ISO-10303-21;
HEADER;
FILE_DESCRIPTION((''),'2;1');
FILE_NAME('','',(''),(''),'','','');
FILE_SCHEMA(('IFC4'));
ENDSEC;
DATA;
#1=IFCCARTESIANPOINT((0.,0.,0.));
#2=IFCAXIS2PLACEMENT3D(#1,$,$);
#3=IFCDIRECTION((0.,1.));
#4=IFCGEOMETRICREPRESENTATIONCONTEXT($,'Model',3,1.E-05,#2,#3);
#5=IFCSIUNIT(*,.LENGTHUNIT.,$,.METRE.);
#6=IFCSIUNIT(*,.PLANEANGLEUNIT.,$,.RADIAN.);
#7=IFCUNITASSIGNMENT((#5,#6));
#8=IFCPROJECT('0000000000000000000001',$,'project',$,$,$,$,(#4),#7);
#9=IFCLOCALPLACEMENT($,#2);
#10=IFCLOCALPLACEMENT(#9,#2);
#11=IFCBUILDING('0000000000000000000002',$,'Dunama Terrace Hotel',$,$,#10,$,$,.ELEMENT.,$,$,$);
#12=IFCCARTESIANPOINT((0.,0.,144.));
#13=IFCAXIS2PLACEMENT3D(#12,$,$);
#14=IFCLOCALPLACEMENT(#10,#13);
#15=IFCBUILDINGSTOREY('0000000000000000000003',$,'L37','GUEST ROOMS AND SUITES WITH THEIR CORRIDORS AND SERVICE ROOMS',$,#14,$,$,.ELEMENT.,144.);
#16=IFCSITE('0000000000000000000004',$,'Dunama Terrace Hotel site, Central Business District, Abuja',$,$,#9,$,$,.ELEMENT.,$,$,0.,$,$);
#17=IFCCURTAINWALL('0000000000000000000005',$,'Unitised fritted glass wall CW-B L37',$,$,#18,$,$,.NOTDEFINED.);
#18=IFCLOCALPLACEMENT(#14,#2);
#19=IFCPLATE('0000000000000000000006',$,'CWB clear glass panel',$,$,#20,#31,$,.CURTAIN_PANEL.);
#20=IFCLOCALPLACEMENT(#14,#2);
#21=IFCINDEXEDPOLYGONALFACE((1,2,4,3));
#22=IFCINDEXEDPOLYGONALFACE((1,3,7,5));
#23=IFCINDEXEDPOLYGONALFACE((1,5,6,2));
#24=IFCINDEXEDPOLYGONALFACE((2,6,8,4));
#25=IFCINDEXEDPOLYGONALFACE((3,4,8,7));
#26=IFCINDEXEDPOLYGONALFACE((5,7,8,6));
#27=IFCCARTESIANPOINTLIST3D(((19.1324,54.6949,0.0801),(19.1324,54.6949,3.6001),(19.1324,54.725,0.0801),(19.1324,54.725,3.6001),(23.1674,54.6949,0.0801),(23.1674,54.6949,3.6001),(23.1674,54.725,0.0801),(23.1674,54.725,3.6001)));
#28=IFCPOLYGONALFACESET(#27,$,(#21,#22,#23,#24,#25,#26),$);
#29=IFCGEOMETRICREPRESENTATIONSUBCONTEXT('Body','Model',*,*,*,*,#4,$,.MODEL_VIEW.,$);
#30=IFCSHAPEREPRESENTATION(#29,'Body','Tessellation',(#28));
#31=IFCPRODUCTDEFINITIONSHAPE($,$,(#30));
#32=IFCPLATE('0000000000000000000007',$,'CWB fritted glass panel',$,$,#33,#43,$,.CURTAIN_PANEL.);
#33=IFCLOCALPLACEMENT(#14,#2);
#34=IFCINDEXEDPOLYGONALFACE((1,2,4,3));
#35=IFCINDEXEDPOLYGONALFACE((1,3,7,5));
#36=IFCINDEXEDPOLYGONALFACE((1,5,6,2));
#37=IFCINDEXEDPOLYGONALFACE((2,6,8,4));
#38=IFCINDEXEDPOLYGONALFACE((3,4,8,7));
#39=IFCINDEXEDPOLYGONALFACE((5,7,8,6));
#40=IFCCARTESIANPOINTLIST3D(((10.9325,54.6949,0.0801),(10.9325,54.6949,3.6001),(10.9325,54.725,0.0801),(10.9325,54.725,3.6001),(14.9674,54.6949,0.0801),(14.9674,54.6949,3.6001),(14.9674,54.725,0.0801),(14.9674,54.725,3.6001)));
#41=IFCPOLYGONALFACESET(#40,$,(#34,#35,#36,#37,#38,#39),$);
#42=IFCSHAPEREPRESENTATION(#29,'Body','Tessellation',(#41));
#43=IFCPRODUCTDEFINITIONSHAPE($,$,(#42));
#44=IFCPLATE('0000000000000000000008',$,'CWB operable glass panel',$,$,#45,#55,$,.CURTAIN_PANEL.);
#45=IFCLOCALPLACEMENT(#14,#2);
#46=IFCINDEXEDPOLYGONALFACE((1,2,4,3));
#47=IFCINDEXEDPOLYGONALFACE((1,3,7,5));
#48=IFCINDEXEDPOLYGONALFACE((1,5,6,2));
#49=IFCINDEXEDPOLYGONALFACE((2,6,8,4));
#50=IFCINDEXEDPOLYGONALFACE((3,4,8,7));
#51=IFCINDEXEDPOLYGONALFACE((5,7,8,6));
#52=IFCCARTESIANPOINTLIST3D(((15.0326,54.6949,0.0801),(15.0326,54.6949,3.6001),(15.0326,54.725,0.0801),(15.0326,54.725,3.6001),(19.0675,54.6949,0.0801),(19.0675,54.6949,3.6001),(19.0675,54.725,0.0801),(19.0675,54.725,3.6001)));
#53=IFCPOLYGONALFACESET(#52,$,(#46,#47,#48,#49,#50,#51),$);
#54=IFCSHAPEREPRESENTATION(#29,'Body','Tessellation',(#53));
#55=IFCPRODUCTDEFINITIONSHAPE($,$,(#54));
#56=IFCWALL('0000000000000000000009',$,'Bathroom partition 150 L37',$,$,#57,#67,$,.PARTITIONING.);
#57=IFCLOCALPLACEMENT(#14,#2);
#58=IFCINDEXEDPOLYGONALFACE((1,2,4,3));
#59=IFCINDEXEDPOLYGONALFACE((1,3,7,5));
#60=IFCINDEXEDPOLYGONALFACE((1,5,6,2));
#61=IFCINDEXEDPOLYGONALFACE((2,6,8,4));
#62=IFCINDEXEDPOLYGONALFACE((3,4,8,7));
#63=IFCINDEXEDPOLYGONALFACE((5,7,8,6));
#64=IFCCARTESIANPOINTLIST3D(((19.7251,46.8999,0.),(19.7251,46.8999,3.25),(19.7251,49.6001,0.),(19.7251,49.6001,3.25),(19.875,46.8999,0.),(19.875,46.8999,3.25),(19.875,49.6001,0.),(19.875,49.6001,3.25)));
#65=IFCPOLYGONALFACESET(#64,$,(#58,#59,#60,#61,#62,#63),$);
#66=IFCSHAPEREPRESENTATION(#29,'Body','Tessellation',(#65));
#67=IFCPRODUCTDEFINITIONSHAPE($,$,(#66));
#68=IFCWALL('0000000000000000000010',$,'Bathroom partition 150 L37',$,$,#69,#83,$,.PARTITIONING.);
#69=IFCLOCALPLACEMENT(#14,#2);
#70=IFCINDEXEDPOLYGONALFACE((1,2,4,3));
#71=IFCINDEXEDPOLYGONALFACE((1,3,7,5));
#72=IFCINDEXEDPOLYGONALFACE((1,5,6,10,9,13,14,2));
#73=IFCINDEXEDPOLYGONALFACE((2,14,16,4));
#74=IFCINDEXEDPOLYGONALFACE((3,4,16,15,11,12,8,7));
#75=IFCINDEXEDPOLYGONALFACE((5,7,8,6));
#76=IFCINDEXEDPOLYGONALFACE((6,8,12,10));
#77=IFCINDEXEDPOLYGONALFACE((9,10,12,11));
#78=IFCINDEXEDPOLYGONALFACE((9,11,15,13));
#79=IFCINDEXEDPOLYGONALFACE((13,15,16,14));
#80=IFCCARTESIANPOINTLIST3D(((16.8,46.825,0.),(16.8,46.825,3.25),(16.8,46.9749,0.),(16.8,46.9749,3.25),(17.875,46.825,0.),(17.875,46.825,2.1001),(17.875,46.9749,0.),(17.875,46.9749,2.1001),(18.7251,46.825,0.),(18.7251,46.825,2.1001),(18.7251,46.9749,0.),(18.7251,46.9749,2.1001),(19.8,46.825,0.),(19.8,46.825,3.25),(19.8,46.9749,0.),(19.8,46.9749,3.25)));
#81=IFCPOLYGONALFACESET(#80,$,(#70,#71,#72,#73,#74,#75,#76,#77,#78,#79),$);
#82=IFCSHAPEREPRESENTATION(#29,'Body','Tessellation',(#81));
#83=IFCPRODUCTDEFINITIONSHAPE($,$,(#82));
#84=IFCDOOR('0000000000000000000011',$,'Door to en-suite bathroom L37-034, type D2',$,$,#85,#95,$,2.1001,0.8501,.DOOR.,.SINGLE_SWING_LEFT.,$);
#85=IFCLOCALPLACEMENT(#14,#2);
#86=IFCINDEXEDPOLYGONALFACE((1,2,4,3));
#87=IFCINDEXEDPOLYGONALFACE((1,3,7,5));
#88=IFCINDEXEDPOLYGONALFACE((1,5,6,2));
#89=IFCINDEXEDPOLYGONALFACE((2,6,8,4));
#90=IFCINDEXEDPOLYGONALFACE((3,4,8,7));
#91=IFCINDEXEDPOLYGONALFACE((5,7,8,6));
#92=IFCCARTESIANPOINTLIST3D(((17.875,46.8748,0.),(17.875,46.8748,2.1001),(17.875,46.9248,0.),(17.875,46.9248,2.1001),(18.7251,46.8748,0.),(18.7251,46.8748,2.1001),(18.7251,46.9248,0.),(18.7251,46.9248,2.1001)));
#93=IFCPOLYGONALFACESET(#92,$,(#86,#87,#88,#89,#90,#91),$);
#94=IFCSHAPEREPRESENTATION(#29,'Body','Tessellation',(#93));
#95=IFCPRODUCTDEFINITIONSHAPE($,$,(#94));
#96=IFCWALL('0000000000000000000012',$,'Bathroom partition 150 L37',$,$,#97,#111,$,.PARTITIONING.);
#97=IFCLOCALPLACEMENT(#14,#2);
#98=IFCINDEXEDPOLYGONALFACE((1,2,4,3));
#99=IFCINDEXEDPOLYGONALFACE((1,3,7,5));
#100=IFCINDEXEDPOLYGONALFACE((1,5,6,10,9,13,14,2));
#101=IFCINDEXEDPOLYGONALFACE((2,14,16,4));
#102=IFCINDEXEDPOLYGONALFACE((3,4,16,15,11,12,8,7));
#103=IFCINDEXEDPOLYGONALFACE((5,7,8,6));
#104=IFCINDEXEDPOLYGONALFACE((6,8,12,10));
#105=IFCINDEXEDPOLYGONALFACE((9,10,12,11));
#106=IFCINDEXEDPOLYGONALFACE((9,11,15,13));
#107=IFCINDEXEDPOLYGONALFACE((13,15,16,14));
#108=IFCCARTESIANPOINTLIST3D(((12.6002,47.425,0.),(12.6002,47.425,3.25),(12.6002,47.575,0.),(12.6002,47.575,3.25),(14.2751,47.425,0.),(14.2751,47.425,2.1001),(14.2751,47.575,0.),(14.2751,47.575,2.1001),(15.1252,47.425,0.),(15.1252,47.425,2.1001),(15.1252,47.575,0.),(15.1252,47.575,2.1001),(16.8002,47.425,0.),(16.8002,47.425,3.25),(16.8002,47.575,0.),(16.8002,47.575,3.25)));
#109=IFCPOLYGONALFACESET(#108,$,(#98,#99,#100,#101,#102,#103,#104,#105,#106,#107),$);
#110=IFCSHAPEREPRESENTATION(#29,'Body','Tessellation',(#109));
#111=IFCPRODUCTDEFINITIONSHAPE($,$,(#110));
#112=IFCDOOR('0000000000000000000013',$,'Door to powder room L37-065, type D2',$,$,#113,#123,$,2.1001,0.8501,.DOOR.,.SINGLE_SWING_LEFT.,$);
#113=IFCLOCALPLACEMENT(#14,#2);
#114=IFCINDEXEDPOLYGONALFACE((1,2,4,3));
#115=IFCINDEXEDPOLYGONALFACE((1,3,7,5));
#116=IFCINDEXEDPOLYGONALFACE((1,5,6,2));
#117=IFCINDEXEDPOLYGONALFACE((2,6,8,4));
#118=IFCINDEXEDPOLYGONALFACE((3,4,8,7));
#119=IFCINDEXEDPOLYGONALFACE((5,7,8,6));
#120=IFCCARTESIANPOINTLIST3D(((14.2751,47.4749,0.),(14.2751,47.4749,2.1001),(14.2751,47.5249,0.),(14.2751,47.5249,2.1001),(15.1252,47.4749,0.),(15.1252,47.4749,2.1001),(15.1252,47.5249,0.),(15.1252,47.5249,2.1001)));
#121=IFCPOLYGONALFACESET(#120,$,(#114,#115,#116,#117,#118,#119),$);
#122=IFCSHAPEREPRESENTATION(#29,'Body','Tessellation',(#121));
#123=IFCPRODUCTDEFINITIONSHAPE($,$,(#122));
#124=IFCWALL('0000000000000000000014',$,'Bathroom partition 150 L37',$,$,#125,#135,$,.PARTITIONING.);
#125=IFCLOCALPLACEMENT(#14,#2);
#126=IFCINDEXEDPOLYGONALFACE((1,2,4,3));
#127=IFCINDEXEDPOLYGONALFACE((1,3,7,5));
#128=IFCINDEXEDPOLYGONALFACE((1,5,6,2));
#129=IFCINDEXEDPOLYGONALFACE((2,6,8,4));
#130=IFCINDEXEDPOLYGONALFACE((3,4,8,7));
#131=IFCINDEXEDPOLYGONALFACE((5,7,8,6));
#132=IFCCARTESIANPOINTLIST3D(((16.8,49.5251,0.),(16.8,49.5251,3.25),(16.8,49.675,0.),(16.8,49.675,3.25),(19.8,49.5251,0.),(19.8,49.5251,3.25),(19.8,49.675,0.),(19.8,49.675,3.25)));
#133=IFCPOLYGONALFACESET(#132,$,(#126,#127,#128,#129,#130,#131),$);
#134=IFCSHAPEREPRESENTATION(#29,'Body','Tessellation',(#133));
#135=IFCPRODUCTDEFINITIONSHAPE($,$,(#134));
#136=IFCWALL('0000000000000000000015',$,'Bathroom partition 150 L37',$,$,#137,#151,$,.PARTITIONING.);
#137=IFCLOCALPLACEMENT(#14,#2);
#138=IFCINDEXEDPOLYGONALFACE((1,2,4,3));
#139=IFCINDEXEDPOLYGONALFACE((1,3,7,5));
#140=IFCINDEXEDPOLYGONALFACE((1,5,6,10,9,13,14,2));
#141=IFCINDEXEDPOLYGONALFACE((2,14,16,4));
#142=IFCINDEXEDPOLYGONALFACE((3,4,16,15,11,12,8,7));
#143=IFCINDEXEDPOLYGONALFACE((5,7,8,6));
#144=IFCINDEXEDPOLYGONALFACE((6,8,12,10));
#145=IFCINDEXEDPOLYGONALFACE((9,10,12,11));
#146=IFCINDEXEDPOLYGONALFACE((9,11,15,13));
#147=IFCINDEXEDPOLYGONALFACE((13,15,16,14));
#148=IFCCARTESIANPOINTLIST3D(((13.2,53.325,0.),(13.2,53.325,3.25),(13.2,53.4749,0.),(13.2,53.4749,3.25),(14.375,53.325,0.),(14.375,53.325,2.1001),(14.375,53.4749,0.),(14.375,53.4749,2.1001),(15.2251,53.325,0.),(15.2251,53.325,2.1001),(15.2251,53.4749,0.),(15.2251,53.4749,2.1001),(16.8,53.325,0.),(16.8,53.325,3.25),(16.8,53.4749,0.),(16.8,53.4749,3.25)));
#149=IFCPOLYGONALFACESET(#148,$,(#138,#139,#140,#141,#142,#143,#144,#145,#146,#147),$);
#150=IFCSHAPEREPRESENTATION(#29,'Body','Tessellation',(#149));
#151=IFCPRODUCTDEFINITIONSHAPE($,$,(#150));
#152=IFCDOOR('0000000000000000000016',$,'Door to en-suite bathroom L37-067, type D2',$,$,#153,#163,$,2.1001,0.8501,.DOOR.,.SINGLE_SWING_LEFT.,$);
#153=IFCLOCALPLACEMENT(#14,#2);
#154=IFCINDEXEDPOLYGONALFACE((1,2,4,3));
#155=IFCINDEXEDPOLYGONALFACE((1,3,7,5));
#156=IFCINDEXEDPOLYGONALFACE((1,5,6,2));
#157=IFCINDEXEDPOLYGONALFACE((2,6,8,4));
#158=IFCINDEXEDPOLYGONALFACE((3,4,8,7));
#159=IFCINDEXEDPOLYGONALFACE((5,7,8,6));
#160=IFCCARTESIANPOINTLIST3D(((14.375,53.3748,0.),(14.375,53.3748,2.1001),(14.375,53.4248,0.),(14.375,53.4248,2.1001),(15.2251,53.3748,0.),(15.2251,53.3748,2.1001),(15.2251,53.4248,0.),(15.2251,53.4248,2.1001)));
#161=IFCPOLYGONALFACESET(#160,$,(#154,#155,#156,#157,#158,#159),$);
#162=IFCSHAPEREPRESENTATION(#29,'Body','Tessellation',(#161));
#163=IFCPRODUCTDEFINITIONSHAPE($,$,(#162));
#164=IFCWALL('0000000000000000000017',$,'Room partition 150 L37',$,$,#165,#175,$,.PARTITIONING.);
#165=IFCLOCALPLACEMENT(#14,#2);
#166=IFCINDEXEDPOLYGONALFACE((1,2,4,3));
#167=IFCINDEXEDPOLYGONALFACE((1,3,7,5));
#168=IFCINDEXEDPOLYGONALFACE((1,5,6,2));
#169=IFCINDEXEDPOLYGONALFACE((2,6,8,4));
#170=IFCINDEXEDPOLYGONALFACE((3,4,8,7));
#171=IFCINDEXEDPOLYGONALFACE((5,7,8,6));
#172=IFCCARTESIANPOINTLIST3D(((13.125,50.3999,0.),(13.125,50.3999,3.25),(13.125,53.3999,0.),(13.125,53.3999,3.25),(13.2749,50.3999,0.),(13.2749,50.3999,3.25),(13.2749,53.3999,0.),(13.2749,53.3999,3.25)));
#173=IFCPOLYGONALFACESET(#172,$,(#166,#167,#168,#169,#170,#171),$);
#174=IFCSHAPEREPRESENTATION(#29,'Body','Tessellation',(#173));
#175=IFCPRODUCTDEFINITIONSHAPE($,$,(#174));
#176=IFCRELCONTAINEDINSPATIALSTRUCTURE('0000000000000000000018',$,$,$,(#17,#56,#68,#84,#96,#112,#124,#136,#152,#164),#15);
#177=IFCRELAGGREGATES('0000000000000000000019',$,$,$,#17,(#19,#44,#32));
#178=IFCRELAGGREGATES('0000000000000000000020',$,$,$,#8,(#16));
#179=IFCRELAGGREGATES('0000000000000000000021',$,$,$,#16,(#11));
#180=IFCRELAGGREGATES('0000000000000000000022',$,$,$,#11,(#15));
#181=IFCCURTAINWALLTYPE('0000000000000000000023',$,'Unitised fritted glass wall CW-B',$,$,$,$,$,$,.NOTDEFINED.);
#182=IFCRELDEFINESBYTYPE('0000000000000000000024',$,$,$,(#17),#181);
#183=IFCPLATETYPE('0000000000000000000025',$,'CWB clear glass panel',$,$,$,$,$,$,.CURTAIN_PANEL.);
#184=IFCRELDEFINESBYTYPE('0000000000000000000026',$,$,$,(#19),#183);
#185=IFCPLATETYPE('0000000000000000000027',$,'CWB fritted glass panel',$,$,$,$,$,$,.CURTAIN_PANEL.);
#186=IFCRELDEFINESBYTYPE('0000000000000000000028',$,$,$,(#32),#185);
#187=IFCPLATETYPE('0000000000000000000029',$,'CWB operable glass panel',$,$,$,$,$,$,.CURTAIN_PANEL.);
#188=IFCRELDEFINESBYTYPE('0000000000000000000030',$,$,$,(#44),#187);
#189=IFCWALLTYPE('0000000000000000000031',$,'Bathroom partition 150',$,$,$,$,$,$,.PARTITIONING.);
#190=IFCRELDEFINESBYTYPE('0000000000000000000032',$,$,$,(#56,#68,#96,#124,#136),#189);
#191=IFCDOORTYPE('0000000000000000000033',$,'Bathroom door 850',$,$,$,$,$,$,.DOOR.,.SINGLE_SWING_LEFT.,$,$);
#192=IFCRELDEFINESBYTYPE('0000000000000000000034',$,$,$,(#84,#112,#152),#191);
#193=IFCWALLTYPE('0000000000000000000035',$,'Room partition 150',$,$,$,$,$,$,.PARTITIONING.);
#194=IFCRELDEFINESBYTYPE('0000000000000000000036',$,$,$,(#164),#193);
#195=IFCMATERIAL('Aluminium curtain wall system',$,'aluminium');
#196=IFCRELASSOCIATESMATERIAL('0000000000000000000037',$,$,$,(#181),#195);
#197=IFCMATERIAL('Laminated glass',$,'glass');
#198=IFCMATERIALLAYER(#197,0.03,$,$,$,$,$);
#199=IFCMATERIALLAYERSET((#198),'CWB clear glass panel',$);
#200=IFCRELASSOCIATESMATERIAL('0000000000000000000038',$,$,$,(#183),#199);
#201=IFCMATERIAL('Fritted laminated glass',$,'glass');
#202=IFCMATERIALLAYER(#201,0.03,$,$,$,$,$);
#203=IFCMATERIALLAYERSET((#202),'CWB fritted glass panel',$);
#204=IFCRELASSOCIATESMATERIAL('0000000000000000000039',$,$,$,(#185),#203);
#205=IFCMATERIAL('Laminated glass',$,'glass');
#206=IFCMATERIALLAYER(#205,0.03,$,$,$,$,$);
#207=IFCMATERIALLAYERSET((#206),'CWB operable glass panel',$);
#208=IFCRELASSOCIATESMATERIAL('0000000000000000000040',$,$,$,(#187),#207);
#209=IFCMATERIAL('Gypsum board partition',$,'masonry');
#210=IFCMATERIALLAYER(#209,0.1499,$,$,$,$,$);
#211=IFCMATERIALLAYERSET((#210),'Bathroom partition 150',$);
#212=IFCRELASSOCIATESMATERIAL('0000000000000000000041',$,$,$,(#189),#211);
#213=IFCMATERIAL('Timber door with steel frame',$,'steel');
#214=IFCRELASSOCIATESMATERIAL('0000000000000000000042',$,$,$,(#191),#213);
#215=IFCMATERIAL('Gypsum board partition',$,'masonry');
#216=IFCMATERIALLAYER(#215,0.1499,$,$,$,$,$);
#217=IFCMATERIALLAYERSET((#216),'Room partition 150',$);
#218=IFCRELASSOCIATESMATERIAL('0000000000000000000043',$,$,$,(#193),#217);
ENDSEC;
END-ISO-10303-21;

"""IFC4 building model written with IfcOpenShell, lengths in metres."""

from ifc_helpers import new_model, si_unit, direction, frame, frame_2d, origin, origin_2d, place, context, subcontext, project, spatial, rectangle, extrude, material, layer, layer_set, type_object, element, fill, aggregate, save


model = new_model("IFC4")

# Units and contexts
model_context = context("Model", 3, precision=1e-05, world=origin(), true_north=direction((0.0, 1.0)))
body_context = subcontext(model_context, "Body", "Model", "MODEL_VIEW")
ifc_project = project(units=[si_unit("LENGTHUNIT", "METRE"), si_unit("PLANEANGLEUNIT", "RADIAN")], contexts=[model_context])

# Site, building, storey
site_placement = place(None, origin())
site = spatial("IfcSite", under=ifc_project, at=site_placement, Name="Dunama Terrace Hotel site, Central Business District, Abuja", CompositionType="ELEMENT", RefElevation=0.0)
building_placement = place(site_placement, origin())
building = spatial("IfcBuilding", under=site, at=building_placement, Name="Dunama Terrace Hotel", CompositionType="ELEMENT")
storey_placement = place(building_placement, frame((0.0, 0.0, 144.0)))
storey = spatial("IfcBuildingStorey", under=building, at=storey_placement, Name="L37", Description="GUEST ROOMS AND SUITES WITH THEIR CORRIDORS AND SERVICE ROOMS", CompositionType="ELEMENT", Elevation=144.0)

# Curtain wall
ifc_material_1 = material(Name="Aluminium curtain wall system", Category="aluminium")
curtain_wall_type = type_object("IfcCurtainWallType", Name="Unitised fritted glass wall CW-B", PredefinedType="NOTDEFINED", material=ifc_material_1)
curtain_wall_placement = place(storey_placement, origin())
curtain_wall = element("IfcCurtainWall", 1, at=curtain_wall_placement, inside=storey, type_object=curtain_wall_type, Name="Unitised fritted glass wall CW-B L37", PredefinedType="NOTDEFINED")

# Plates
ifc_material_2 = material(Name="Laminated glass", Category="glass")
ifc_layer_1 = layer(ifc_material_2, 0.03)
ifc_layer_set_1 = layer_set([ifc_layer_1], Name="CWB clear glass panel")
plate_type_1 = type_object("IfcPlateType", Name="CWB clear glass panel", PredefinedType="CURTAIN_PANEL", material=ifc_layer_set_1)
plate_1_placement = place(storey_placement, frame((21.1499, 54.71, 0.0801), z_axis=(0.0, 0.0, 1.0), x_axis=(-1.0, 0.0, 0.0)))
plate_1 = element("IfcPlate", 2, at=plate_1_placement, type_object=plate_type_1, Name="CWB clear glass panel", PredefinedType="CURTAIN_PANEL", context=body_context, shape_type="SweptSolid", body=[
    extrude(rectangle(XDim=4.0349, YDim=0.03, at=origin_2d()), origin(), (0.0, 0.0, 1.0), 3.52),
])
ifc_material_3 = material(Name="Fritted laminated glass", Category="glass")
ifc_layer_2 = layer(ifc_material_3, 0.03)
ifc_layer_set_2 = layer_set([ifc_layer_2], Name="CWB fritted glass panel")
plate_type_2 = type_object("IfcPlateType", Name="CWB fritted glass panel", PredefinedType="CURTAIN_PANEL", material=ifc_layer_set_2)
plate_2_placement = place(storey_placement, frame((12.95, 54.71, 0.0801), z_axis=(0.0, 0.0, 1.0), x_axis=(-1.0, 0.0, 0.0)))
plate_2 = element("IfcPlate", 3, at=plate_2_placement, type_object=plate_type_2, Name="CWB fritted glass panel", PredefinedType="CURTAIN_PANEL", context=body_context, shape_type="SweptSolid", body=[
    extrude(rectangle(XDim=4.0349, YDim=0.03, at=origin_2d()), origin(), (0.0, 0.0, 1.0), 3.52),
])
ifc_material_4 = material(Name="Laminated glass", Category="glass")
ifc_layer_3 = layer(ifc_material_4, 0.03)
ifc_layer_set_3 = layer_set([ifc_layer_3], Name="CWB operable glass panel")
plate_type_3 = type_object("IfcPlateType", Name="CWB operable glass panel", PredefinedType="CURTAIN_PANEL", material=ifc_layer_set_3)
plate_3_placement = place(storey_placement, frame((17.05, 54.71, 0.0801), z_axis=(0.0, 0.0, 1.0), x_axis=(-1.0, 0.0, 0.0)))
plate_3 = element("IfcPlate", 4, at=plate_3_placement, type_object=plate_type_3, Name="CWB operable glass panel", PredefinedType="CURTAIN_PANEL", context=body_context, shape_type="SweptSolid", body=[
    extrude(rectangle(XDim=4.0349, YDim=0.03, at=origin_2d()), origin(), (0.0, 0.0, 1.0), 3.52),
])
aggregate(curtain_wall, [plate_1, plate_3, plate_2])

# Wall
ifc_material_5 = material(Name="Gypsum board partition", Category="masonry")
ifc_layer_4 = layer(ifc_material_5, 0.1499)
ifc_layer_set_4 = layer_set([ifc_layer_4], Name="Bathroom partition 150")
wall_type_1 = type_object("IfcWallType", Name="Bathroom partition 150", PredefinedType="PARTITIONING", material=ifc_layer_set_4)
wall_1_placement = place(storey_placement, frame((19.8, 46.8999, 0.0), z_axis=(0.0, 0.0, 1.0), x_axis=(0.0, 1.0, 0.0)))
element("IfcWall", 5, at=wall_1_placement, inside=storey, type_object=wall_type_1, Name="Bathroom partition 150 L37", PredefinedType="PARTITIONING", context=body_context, shape_type="SweptSolid", body=[
    extrude(rectangle(XDim=2.7002, YDim=0.1499, at=frame_2d((1.3501, 0.0))), origin(), (0.0, 0.0, 1.0), 3.25),
])

# Walls, openings, doors
wall_2_placement = place(storey_placement, frame((16.8, 46.8999, 0.0), z_axis=(0.0, 0.0, 1.0), x_axis=(1.0, 0.0, 0.0)))
wall_2 = element("IfcWall", 6, at=wall_2_placement, inside=storey, type_object=wall_type_1, Name="Bathroom partition 150 L37", PredefinedType="PARTITIONING", context=body_context, shape_type="SweptSolid", body=[
    extrude(rectangle(XDim=3.0, YDim=0.1499, at=frame_2d((1.5, 0.0))), origin(), (0.0, 0.0, 1.0), 3.25),
])
opening_1_placement = place(wall_2_placement, frame((1.075, 0.0, 0.0)))
opening_1 = element("IfcOpeningElement", 7, at=opening_1_placement, cuts=wall_2, PredefinedType="OPENING", context=body_context, shape_type="SweptSolid", body=[
    extrude(rectangle(XDim=0.8501, YDim=2.1001, at=frame_2d((0.425, 1.05))), frame((0.0, 0.085, 0.0), z_axis=(0.0, -1.0, 0.0), x_axis=(1.0, 0.0, 0.0)), (0.0, 0.0, 1.0), 0.1699),
])
ifc_material_6 = material(Name="Timber door with steel frame", Category="steel")
door_type = type_object("IfcDoorType", Name="Bathroom door 850", OperationType="SINGLE_SWING_LEFT", PredefinedType="DOOR", material=ifc_material_6)
door_1_placement = place(opening_1_placement, origin())
door_1 = element("IfcDoor", 8, at=door_1_placement, inside=storey, type_object=door_type, Name="Door to en-suite bathroom L37-034, type D2", OperationType="SINGLE_SWING_LEFT", OverallHeight=2.1001, OverallWidth=0.8501, PredefinedType="DOOR", context=body_context, shape_type="SweptSolid", body=[
    extrude(rectangle(XDim=0.8501, YDim=2.1001, at=frame_2d((0.425, 1.05))), frame((0.0, 0.0249, 0.0), z_axis=(0.0, -1.0, 0.0), x_axis=(1.0, 0.0, 0.0)), (0.0, 0.0, 1.0), 0.05),
])
fill(opening_1, door_1)
wall_3_placement = place(storey_placement, frame((12.6001, 47.5, 0.0), z_axis=(0.0, 0.0, 1.0), x_axis=(1.0, 0.0, 0.0)))
wall_3 = element("IfcWall", 9, at=wall_3_placement, inside=storey, type_object=wall_type_1, Name="Bathroom partition 150 L37", PredefinedType="PARTITIONING", context=body_context, shape_type="SweptSolid", body=[
    extrude(rectangle(XDim=4.2, YDim=0.1499, at=frame_2d((2.1001, 0.0))), origin(), (0.0, 0.0, 1.0), 3.25),
])
opening_2_placement = place(wall_3_placement, frame((1.675, 0.0, 0.0)))
opening_2 = element("IfcOpeningElement", 10, at=opening_2_placement, cuts=wall_3, PredefinedType="OPENING", context=body_context, shape_type="SweptSolid", body=[
    extrude(rectangle(XDim=0.8501, YDim=2.1001, at=frame_2d((0.425, 1.05))), frame((0.0, 0.085, 0.0), z_axis=(0.0, -1.0, 0.0), x_axis=(1.0, 0.0, 0.0)), (0.0, 0.0, 1.0), 0.1699),
])
door_2_placement = place(opening_2_placement, frame((0.8501, 0.0, 0.0), z_axis=(0.0, 0.0, 1.0), x_axis=(-1.0, 0.0, 0.0)))
door_2 = element("IfcDoor", 11, at=door_2_placement, inside=storey, type_object=door_type, Name="Door to powder room L37-065, type D2", OperationType="SINGLE_SWING_LEFT", OverallHeight=2.1001, OverallWidth=0.8501, PredefinedType="DOOR", context=body_context, shape_type="SweptSolid", body=[
    extrude(rectangle(XDim=0.8501, YDim=2.1001, at=frame_2d((0.425, 1.05))), frame((0.0, 0.0251, 0.0), z_axis=(0.0, -1.0, 0.0), x_axis=(1.0, 0.0, 0.0)), (0.0, 0.0, 1.0), 0.05),
])
fill(opening_2, door_2)

# Wall
wall_4_placement = place(storey_placement, frame((16.8, 49.6001, 0.0), z_axis=(0.0, 0.0, 1.0), x_axis=(1.0, 0.0, 0.0)))
element("IfcWall", 12, at=wall_4_placement, inside=storey, type_object=wall_type_1, Name="Bathroom partition 150 L37", PredefinedType="PARTITIONING", context=body_context, shape_type="SweptSolid", body=[
    extrude(rectangle(XDim=3.0, YDim=0.1499, at=frame_2d((1.5, 0.0))), origin(), (0.0, 0.0, 1.0), 3.25),
])

# Wall, opening, door
wall_5_placement = place(storey_placement, frame((13.2, 53.3999, 0.0), z_axis=(0.0, 0.0, 1.0), x_axis=(1.0, 0.0, 0.0)))
wall_5 = element("IfcWall", 13, at=wall_5_placement, inside=storey, type_object=wall_type_1, Name="Bathroom partition 150 L37", PredefinedType="PARTITIONING", context=body_context, shape_type="SweptSolid", body=[
    extrude(rectangle(XDim=3.6001, YDim=0.1499, at=frame_2d((1.8, 0.0))), origin(), (0.0, 0.0, 1.0), 3.25),
])
opening_3_placement = place(wall_5_placement, frame((1.175, 0.0, 0.0)))
opening_3 = element("IfcOpeningElement", 14, at=opening_3_placement, cuts=wall_5, PredefinedType="OPENING", context=body_context, shape_type="SweptSolid", body=[
    extrude(rectangle(XDim=0.8501, YDim=2.1001, at=frame_2d((0.425, 1.05))), frame((0.0, 0.085, 0.0), z_axis=(0.0, -1.0, 0.0), x_axis=(1.0, 0.0, 0.0)), (0.0, 0.0, 1.0), 0.1699),
])
door_3_placement = place(opening_3_placement, frame((0.8501, 0.0, 0.0), z_axis=(0.0, 0.0, 1.0), x_axis=(-1.0, 0.0, 0.0)))
door_3 = element("IfcDoor", 15, at=door_3_placement, inside=storey, type_object=door_type, Name="Door to en-suite bathroom L37-067, type D2", OperationType="SINGLE_SWING_LEFT", OverallHeight=2.1001, OverallWidth=0.8501, PredefinedType="DOOR", context=body_context, shape_type="SweptSolid", body=[
    extrude(rectangle(XDim=0.8501, YDim=2.1001, at=frame_2d((0.425, 1.05))), frame((0.0, 0.0251, 0.0), z_axis=(0.0, -1.0, 0.0), x_axis=(1.0, 0.0, 0.0)), (0.0, 0.0, 1.0), 0.05),
])
fill(opening_3, door_3)

# Wall
ifc_material_7 = material(Name="Gypsum board partition", Category="masonry")
ifc_layer_5 = layer(ifc_material_7, 0.1499)
ifc_layer_set_5 = layer_set([ifc_layer_5], Name="Room partition 150")
wall_type_2 = type_object("IfcWallType", Name="Room partition 150", PredefinedType="PARTITIONING", material=ifc_layer_set_5)
wall_6_placement = place(storey_placement, frame((13.2, 50.3999, 0.0), z_axis=(0.0, 0.0, 1.0), x_axis=(0.0, 1.0, 0.0)))
element("IfcWall", 16, at=wall_6_placement, inside=storey, type_object=wall_type_2, Name="Room partition 150 L37", PredefinedType="PARTITIONING", context=body_context, shape_type="SweptSolid", body=[
    extrude(rectangle(XDim=3.0, YDim=0.1499, at=frame_2d((1.5, 0.0))), origin(), (0.0, 0.0, 1.0), 3.25),
])

save(model, "model.ifc")
